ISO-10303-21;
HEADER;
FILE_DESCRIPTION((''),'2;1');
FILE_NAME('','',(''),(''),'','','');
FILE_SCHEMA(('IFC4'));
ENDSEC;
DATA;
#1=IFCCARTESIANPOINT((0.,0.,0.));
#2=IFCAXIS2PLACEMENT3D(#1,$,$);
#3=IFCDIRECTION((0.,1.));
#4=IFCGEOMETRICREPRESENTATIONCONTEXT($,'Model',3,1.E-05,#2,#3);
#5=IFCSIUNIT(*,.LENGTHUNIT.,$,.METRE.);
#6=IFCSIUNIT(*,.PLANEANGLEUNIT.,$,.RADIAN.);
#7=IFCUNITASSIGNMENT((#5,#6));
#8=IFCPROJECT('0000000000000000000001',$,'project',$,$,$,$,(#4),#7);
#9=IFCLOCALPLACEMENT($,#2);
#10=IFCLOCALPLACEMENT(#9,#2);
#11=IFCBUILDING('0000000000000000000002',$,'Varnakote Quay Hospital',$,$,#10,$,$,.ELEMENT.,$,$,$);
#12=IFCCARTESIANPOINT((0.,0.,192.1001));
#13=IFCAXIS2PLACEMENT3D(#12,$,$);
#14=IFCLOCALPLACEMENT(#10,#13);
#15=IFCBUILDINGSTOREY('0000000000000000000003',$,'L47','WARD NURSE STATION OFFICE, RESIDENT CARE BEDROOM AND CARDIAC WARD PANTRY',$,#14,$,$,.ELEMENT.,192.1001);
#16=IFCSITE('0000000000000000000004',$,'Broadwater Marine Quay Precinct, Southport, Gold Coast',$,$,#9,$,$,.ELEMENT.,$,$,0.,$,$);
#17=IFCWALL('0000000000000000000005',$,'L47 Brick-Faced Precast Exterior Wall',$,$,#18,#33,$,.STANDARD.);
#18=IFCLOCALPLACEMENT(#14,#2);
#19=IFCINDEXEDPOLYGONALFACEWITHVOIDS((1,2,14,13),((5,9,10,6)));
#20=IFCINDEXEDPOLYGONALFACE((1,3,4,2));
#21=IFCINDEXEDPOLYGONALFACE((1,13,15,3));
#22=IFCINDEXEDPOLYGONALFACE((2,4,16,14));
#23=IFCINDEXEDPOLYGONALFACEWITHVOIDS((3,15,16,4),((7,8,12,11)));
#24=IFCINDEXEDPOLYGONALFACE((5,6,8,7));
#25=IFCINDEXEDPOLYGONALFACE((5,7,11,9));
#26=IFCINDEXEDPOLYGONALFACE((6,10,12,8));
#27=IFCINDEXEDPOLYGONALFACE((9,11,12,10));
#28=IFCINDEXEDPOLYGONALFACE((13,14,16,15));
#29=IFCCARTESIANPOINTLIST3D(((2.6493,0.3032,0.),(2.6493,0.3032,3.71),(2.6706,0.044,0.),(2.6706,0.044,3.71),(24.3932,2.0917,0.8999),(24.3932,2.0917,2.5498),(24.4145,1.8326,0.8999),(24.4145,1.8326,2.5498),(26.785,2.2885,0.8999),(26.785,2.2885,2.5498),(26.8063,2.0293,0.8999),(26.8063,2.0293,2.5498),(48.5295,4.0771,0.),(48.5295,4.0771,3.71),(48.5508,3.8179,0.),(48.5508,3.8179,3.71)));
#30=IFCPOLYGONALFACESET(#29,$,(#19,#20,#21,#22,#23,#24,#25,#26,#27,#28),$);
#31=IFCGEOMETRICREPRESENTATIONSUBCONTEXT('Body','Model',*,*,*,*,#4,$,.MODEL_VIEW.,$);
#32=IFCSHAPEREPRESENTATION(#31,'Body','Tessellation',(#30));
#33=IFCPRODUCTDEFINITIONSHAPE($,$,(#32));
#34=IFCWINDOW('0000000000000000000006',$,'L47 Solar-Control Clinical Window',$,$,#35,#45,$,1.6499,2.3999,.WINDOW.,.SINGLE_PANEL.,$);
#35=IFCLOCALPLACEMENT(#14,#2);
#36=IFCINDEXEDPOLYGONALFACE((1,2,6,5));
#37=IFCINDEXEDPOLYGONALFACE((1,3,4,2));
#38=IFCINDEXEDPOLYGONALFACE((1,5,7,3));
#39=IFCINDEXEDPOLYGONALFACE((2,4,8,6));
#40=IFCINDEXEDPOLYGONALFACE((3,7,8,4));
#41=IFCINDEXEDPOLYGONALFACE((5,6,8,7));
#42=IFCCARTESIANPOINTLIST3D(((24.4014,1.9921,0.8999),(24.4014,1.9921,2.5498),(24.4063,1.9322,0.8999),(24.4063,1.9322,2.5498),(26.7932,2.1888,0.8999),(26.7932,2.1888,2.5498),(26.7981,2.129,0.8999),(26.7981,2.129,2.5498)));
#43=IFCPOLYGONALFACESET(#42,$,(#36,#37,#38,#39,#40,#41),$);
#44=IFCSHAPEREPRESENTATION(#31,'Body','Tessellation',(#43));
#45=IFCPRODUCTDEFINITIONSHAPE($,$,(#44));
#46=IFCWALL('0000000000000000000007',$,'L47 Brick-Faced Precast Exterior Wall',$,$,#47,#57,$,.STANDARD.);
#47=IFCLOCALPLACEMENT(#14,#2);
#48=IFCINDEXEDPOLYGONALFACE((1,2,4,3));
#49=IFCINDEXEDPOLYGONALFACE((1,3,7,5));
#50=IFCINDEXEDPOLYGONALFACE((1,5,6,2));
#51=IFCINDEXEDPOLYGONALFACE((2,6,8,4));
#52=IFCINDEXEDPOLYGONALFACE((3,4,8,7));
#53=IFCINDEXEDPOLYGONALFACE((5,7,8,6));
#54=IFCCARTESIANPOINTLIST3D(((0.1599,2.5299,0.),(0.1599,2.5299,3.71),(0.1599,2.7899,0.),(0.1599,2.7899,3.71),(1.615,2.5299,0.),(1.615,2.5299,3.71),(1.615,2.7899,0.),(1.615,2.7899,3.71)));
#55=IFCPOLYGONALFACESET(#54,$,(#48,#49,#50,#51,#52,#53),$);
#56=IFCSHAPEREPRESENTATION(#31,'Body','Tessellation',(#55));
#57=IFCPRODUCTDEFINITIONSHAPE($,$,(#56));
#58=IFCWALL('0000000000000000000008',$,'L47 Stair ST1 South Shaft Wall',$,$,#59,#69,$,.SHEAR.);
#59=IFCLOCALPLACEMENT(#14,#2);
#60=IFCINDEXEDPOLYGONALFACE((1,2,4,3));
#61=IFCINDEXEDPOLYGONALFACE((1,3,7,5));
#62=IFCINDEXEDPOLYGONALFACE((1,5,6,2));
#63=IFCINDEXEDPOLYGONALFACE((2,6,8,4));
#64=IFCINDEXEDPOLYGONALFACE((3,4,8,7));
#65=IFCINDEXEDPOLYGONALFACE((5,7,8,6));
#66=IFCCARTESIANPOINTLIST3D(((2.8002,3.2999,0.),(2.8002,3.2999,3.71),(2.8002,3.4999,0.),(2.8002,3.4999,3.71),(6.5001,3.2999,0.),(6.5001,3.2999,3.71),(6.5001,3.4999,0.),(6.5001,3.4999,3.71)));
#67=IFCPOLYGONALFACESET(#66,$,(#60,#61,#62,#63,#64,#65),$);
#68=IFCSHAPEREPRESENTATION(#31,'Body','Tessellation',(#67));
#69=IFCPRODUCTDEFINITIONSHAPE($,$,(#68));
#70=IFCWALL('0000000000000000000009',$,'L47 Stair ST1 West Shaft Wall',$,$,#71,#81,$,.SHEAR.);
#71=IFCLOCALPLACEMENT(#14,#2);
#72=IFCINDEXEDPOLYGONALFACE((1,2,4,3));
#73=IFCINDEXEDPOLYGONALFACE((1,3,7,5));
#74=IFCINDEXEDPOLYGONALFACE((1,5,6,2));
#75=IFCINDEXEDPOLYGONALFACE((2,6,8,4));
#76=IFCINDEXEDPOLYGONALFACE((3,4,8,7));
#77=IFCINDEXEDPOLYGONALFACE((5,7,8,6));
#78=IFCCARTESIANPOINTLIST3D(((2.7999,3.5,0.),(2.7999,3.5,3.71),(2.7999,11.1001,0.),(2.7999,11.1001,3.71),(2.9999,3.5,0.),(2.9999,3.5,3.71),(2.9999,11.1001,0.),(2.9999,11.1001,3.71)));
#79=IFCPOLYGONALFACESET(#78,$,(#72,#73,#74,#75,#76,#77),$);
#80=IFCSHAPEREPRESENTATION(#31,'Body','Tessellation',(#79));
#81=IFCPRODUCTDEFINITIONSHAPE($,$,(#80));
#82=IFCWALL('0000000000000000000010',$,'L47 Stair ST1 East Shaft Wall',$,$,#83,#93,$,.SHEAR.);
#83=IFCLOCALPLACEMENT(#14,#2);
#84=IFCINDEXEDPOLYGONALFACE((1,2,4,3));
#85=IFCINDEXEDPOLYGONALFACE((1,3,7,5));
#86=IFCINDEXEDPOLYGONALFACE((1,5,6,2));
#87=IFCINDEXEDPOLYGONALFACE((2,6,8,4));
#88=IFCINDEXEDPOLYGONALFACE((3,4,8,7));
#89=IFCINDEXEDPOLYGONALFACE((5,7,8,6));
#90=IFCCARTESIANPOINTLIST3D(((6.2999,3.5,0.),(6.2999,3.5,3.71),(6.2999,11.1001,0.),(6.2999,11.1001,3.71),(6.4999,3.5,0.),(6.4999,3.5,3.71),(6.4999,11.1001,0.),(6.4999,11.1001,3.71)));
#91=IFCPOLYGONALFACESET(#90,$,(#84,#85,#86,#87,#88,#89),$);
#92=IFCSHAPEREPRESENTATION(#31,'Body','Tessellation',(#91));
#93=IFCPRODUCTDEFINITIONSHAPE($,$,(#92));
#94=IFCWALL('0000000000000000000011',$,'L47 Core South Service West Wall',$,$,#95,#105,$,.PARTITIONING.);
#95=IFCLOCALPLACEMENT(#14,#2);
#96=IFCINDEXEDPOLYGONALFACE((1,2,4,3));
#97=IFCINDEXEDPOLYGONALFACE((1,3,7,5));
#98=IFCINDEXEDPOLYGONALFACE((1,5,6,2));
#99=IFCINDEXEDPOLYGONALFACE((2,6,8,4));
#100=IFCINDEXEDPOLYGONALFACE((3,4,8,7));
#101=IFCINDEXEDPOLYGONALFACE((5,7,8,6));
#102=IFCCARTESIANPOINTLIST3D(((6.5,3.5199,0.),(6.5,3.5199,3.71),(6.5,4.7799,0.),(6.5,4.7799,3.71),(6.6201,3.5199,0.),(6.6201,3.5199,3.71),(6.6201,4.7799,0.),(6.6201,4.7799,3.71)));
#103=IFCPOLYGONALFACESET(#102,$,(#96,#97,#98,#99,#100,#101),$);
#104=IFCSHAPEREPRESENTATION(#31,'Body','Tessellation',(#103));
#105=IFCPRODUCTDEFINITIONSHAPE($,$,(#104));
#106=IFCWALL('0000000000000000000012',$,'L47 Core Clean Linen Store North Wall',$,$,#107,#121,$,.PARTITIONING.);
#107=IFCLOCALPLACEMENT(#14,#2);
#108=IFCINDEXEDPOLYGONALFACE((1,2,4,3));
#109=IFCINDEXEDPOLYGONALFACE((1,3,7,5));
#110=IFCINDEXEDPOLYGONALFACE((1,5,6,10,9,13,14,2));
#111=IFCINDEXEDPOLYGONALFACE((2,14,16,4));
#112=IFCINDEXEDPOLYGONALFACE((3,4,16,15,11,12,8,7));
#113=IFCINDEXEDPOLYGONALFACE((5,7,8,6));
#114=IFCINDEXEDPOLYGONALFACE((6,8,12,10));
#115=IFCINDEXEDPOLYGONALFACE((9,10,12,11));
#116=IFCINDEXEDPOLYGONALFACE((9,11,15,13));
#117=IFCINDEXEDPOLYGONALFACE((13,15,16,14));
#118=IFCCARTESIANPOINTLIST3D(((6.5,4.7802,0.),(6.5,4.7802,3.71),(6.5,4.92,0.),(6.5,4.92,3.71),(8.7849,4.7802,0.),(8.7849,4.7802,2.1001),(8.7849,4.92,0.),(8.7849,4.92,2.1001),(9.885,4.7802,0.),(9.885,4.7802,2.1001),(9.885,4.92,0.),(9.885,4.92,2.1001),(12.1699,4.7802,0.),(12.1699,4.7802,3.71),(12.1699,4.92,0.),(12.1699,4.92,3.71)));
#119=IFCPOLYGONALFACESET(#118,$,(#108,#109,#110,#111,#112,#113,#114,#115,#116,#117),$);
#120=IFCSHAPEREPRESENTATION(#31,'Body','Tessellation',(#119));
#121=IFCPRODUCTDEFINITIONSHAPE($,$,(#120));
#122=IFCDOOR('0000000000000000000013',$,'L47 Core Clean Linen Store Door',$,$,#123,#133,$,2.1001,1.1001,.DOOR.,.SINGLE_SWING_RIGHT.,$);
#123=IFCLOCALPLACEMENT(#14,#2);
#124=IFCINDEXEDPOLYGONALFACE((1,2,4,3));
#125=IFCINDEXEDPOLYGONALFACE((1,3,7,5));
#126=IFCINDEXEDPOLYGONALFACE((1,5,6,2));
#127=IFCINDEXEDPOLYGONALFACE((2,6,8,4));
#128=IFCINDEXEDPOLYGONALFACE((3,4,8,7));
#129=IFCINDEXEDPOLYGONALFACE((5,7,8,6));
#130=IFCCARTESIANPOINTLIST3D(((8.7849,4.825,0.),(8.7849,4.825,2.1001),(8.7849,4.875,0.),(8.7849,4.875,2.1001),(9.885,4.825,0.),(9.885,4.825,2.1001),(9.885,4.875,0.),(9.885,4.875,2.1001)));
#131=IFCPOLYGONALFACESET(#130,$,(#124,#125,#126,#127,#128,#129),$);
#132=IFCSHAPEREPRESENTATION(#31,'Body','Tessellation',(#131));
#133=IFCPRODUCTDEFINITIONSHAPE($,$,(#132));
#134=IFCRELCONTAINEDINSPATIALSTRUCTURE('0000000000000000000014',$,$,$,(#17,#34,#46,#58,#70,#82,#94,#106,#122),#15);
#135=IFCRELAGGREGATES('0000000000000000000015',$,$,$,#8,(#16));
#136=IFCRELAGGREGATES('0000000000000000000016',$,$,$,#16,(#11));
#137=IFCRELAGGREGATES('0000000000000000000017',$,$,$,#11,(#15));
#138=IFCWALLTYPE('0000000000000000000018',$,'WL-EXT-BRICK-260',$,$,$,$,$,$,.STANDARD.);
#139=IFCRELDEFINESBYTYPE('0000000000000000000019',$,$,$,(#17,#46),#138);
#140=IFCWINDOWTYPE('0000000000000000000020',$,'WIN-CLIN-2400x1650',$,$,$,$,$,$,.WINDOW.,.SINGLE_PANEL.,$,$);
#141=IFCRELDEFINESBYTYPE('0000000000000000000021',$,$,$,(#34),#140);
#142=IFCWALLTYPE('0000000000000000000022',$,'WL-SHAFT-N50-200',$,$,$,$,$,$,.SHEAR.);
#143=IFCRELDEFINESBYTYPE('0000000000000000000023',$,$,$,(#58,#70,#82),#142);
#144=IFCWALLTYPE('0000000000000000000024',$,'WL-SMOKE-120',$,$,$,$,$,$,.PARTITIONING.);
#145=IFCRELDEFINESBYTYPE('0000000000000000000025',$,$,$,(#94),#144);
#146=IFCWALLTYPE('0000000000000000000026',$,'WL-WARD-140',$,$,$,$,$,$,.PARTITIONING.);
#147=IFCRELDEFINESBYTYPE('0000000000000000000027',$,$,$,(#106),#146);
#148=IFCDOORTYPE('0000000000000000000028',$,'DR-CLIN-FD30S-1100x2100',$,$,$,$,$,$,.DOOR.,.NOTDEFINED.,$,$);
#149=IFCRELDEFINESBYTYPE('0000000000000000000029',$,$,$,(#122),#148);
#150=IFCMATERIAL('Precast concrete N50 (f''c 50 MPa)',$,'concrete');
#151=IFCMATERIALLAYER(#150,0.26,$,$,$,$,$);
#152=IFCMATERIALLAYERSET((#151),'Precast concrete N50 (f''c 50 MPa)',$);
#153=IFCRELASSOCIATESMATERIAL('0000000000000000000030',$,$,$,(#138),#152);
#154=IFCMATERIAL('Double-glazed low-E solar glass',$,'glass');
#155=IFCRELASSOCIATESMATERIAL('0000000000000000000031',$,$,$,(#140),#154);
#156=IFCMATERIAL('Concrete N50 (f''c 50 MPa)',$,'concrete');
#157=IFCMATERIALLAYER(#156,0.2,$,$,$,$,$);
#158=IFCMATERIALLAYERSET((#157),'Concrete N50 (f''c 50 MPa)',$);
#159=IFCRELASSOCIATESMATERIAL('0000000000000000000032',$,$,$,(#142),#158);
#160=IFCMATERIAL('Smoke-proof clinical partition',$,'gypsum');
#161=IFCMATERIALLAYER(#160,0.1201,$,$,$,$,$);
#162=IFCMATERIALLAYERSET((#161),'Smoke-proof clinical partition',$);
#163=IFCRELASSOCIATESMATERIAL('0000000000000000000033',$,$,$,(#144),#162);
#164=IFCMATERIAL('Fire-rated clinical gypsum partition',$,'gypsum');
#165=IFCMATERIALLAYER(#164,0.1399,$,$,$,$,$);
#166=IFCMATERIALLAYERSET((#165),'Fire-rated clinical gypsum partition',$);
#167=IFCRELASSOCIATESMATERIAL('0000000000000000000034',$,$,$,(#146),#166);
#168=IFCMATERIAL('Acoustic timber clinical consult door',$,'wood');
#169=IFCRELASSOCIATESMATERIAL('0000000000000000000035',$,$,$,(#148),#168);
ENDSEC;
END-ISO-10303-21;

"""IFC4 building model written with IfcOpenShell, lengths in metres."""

from ifc_helpers import new_model, si_unit, direction, frame, frame_2d, origin, place, context, subcontext, project, spatial, rectangle, extrude, material, layer, layer_set, type_object, element, fill, save


model = new_model("IFC4")

# Units and contexts
model_context = context("Model", 3, precision=1e-05, world=origin(), true_north=direction((0.0, 1.0)))
body_context = subcontext(model_context, "Body", "Model", "MODEL_VIEW")
ifc_project = project(units=[si_unit("LENGTHUNIT", "METRE"), si_unit("PLANEANGLEUNIT", "RADIAN")], contexts=[model_context])

# Site, building, storey
site_placement = place(None, origin())
site = spatial("IfcSite", under=ifc_project, at=site_placement, Name="Broadwater Marine Quay Precinct, Southport, Gold Coast", CompositionType="ELEMENT", RefElevation=0.0)
building_placement = place(site_placement, origin())
building = spatial("IfcBuilding", under=site, at=building_placement, Name="Varnakote Quay Hospital", CompositionType="ELEMENT")
storey_placement = place(building_placement, frame((0.0, 0.0, 192.1001)))
storey = spatial("IfcBuildingStorey", under=building, at=storey_placement, Name="L47", Description="WARD NURSE STATION OFFICE, RESIDENT CARE BEDROOM AND CARDIAC WARD PANTRY", CompositionType="ELEMENT", Elevation=192.1001)

# Shared definitions
ifc_material_1 = material(Name="Precast concrete N50 (f'c 50 MPa)", Category="concrete")
ifc_layer_1 = layer(ifc_material_1, 0.26)
ifc_layer_set_1 = layer_set([ifc_layer_1], Name="Precast concrete N50 (f'c 50 MPa)")
wall_type_1 = type_object("IfcWallType", Name="WL-EXT-BRICK-260", PredefinedType="STANDARD", material=ifc_layer_set_1)

# Wall, opening, window
wall_1_placement = place(storey_placement, frame((2.6599, 0.1736, 0.0), z_axis=(0.0, 0.0, 1.0), x_axis=(0.996634, 0.081979, 0.0)))
wall_1 = element("IfcWall", 1, at=wall_1_placement, inside=storey, type_object=wall_type_1, Name="L47 Brick-Faced Precast Exterior Wall", PredefinedType="STANDARD", context=body_context, shape_type="SweptSolid", body=[
    extrude(rectangle(XDim=46.0352, YDim=0.26, at=frame_2d((23.0176, 0.0))), origin(), (0.0, 0.0, 1.0), 3.71),
])
opening_1_placement = place(wall_1_placement, frame((21.8174, 0.0, 0.8999)))
opening_1 = element("IfcOpeningElement", 2, at=opening_1_placement, cuts=wall_1, PredefinedType="OPENING", context=body_context, shape_type="SweptSolid", body=[
    extrude(rectangle(XDim=2.3999, YDim=1.6499, at=frame_2d((1.2, 0.825))), frame((0.0, 0.1399, 0.0), z_axis=(0.0, -1.0, 0.0), x_axis=(1.0, 0.0, 0.0)), (0.0, 0.0, 1.0), 0.28),
])
ifc_material_2 = material(Name="Double-glazed low-E solar glass", Category="glass")
window_type = type_object("IfcWindowType", Name="WIN-CLIN-2400x1650", PartitioningType="SINGLE_PANEL", PredefinedType="WINDOW", material=ifc_material_2)
window_placement = place(opening_1_placement, origin())
window = element("IfcWindow", 3, at=window_placement, inside=storey, type_object=window_type, Name="L47 Solar-Control Clinical Window", OverallHeight=1.6499, OverallWidth=2.3999, PartitioningType="SINGLE_PANEL", PredefinedType="WINDOW", context=body_context, shape_type="SweptSolid", body=[
    extrude(rectangle(XDim=2.3999, YDim=1.6499, at=frame_2d((1.2, 0.825))), frame((0.0, 0.03, 0.0), z_axis=(0.0, -1.0, 0.0), x_axis=(1.0, 0.0, 0.0)), (0.0, 0.0, 1.0), 0.0601),
])
fill(opening_1, window)

# Walls
wall_2_placement = place(storey_placement, frame((0.1599, 2.6599, 0.0), z_axis=(0.0, 0.0, 1.0), x_axis=(1.0, 0.0, 0.0)))
element("IfcWall", 4, at=wall_2_placement, inside=storey, type_object=wall_type_1, Name="L47 Brick-Faced Precast Exterior Wall", PredefinedType="STANDARD", context=body_context, shape_type="SweptSolid", body=[
    extrude(rectangle(XDim=1.4551, YDim=0.26, at=frame_2d((0.7275, 0.0))), origin(), (0.0, 0.0, 1.0), 3.71),
])
ifc_material_3 = material(Name="Concrete N50 (f'c 50 MPa)", Category="concrete")
ifc_layer_2 = layer(ifc_material_3, 0.2)
ifc_layer_set_2 = layer_set([ifc_layer_2], Name="Concrete N50 (f'c 50 MPa)")
wall_type_2 = type_object("IfcWallType", Name="WL-SHAFT-N50-200", PredefinedType="SHEAR", material=ifc_layer_set_2)
wall_3_placement = place(storey_placement, frame((2.8, 3.3999, 0.0), z_axis=(0.0, 0.0, 1.0), x_axis=(1.0, 0.0, 0.0)))
element("IfcWall", 5, at=wall_3_placement, inside=storey, type_object=wall_type_2, Name="L47 Stair ST1 South Shaft Wall", PredefinedType="SHEAR", context=body_context, shape_type="SweptSolid", body=[
    extrude(rectangle(XDim=3.7, YDim=0.2, at=frame_2d((1.8501, 0.0))), origin(), (0.0, 0.0, 1.0), 3.71),
])
for number, where, z_axis, x_axis, name in (
    (6, (2.8999, 3.5, 0.0), (0.0, 0.0, 1.0), (0.0, 1.0, 0.0), "L47 Stair ST1 West Shaft Wall"),
    (7, (6.3999, 3.5, 0.0), (0.0, 0.0, 1.0), (0.0, 1.0, 0.0), "L47 Stair ST1 East Shaft Wall"),
):
    element("IfcWall", number, at=place(storey_placement, frame(where, z_axis=z_axis, x_axis=x_axis)), inside=storey, type_object=wall_type_2, Name=name, PredefinedType="SHEAR", context=body_context, shape_type="SweptSolid", body=[
        extrude(rectangle(XDim=7.6001, YDim=0.2, at=frame_2d((3.8, 0.0))), origin(), (0.0, 0.0, 1.0), 3.71),
    ])
ifc_material_4 = material(Name="Smoke-proof clinical partition", Category="gypsum")
ifc_layer_3 = layer(ifc_material_4, 0.1201)
ifc_layer_set_3 = layer_set([ifc_layer_3], Name="Smoke-proof clinical partition")
wall_type_3 = type_object("IfcWallType", Name="WL-SMOKE-120", PredefinedType="PARTITIONING", material=ifc_layer_set_3)
wall_4_placement = place(storey_placement, frame((6.5601, 3.52, 0.0), z_axis=(0.0, 0.0, 1.0), x_axis=(0.0, 1.0, 0.0)))
element("IfcWall", 8, at=wall_4_placement, inside=storey, type_object=wall_type_3, Name="L47 Core South Service West Wall", PredefinedType="PARTITIONING", context=body_context, shape_type="SweptSolid", body=[
    extrude(rectangle(XDim=1.26, YDim=0.1201, at=frame_2d((0.6299, 0.0))), origin(), (0.0, 0.0, 1.0), 3.71),
])

# Wall, opening, door
ifc_material_5 = material(Name="Fire-rated clinical gypsum partition", Category="gypsum")
ifc_layer_4 = layer(ifc_material_5, 0.1399)
ifc_layer_set_4 = layer_set([ifc_layer_4], Name="Fire-rated clinical gypsum partition")
wall_type_4 = type_object("IfcWallType", Name="WL-WARD-140", PredefinedType="PARTITIONING", material=ifc_layer_set_4)
wall_5_placement = place(storey_placement, frame((6.5, 4.8501, 0.0), z_axis=(0.0, 0.0, 1.0), x_axis=(1.0, 0.0, 0.0)))
wall_5 = element("IfcWall", 9, at=wall_5_placement, inside=storey, type_object=wall_type_4, Name="L47 Core Clean Linen Store North Wall", PredefinedType="PARTITIONING", context=body_context, shape_type="SweptSolid", body=[
    extrude(rectangle(XDim=5.6699, YDim=0.1399, at=frame_2d((2.835, 0.0))), origin(), (0.0, 0.0, 1.0), 3.71),
])
opening_2_placement = place(wall_5_placement, frame((2.2849, 0.0, 0.0)))
opening_2 = element("IfcOpeningElement", 10, at=opening_2_placement, cuts=wall_5, PredefinedType="OPENING", context=body_context, shape_type="SweptSolid", body=[
    extrude(rectangle(XDim=1.1001, YDim=2.1001, at=frame_2d((0.55, 1.05))), frame((0.0, 0.0798, 0.0), z_axis=(0.0, -1.0, 0.0), x_axis=(1.0, 0.0, 0.0)), (0.0, 0.0, 1.0), 0.1599),
])
ifc_material_6 = material(Name="Acoustic timber clinical consult door", Category="wood")
door_type = type_object("IfcDoorType", Name="DR-CLIN-FD30S-1100x2100", OperationType="NOTDEFINED", PredefinedType="DOOR", material=ifc_material_6)
door_placement = place(opening_2_placement, origin())
door = element("IfcDoor", 11, at=door_placement, inside=storey, type_object=door_type, Name="L47 Core Clean Linen Store Door", OperationType="SINGLE_SWING_RIGHT", OverallHeight=2.1001, OverallWidth=1.1001, PredefinedType="DOOR", context=body_context, shape_type="SweptSolid", body=[
    extrude(rectangle(XDim=1.1001, YDim=2.1001, at=frame_2d((0.55, 1.05))), frame((0.0, 0.0249, 0.0), z_axis=(0.0, -1.0, 0.0), x_axis=(1.0, 0.0, 0.0)), (0.0, 0.0, 1.0), 0.05),
])
fill(opening_2, door)

save(model, "model.ifc")
